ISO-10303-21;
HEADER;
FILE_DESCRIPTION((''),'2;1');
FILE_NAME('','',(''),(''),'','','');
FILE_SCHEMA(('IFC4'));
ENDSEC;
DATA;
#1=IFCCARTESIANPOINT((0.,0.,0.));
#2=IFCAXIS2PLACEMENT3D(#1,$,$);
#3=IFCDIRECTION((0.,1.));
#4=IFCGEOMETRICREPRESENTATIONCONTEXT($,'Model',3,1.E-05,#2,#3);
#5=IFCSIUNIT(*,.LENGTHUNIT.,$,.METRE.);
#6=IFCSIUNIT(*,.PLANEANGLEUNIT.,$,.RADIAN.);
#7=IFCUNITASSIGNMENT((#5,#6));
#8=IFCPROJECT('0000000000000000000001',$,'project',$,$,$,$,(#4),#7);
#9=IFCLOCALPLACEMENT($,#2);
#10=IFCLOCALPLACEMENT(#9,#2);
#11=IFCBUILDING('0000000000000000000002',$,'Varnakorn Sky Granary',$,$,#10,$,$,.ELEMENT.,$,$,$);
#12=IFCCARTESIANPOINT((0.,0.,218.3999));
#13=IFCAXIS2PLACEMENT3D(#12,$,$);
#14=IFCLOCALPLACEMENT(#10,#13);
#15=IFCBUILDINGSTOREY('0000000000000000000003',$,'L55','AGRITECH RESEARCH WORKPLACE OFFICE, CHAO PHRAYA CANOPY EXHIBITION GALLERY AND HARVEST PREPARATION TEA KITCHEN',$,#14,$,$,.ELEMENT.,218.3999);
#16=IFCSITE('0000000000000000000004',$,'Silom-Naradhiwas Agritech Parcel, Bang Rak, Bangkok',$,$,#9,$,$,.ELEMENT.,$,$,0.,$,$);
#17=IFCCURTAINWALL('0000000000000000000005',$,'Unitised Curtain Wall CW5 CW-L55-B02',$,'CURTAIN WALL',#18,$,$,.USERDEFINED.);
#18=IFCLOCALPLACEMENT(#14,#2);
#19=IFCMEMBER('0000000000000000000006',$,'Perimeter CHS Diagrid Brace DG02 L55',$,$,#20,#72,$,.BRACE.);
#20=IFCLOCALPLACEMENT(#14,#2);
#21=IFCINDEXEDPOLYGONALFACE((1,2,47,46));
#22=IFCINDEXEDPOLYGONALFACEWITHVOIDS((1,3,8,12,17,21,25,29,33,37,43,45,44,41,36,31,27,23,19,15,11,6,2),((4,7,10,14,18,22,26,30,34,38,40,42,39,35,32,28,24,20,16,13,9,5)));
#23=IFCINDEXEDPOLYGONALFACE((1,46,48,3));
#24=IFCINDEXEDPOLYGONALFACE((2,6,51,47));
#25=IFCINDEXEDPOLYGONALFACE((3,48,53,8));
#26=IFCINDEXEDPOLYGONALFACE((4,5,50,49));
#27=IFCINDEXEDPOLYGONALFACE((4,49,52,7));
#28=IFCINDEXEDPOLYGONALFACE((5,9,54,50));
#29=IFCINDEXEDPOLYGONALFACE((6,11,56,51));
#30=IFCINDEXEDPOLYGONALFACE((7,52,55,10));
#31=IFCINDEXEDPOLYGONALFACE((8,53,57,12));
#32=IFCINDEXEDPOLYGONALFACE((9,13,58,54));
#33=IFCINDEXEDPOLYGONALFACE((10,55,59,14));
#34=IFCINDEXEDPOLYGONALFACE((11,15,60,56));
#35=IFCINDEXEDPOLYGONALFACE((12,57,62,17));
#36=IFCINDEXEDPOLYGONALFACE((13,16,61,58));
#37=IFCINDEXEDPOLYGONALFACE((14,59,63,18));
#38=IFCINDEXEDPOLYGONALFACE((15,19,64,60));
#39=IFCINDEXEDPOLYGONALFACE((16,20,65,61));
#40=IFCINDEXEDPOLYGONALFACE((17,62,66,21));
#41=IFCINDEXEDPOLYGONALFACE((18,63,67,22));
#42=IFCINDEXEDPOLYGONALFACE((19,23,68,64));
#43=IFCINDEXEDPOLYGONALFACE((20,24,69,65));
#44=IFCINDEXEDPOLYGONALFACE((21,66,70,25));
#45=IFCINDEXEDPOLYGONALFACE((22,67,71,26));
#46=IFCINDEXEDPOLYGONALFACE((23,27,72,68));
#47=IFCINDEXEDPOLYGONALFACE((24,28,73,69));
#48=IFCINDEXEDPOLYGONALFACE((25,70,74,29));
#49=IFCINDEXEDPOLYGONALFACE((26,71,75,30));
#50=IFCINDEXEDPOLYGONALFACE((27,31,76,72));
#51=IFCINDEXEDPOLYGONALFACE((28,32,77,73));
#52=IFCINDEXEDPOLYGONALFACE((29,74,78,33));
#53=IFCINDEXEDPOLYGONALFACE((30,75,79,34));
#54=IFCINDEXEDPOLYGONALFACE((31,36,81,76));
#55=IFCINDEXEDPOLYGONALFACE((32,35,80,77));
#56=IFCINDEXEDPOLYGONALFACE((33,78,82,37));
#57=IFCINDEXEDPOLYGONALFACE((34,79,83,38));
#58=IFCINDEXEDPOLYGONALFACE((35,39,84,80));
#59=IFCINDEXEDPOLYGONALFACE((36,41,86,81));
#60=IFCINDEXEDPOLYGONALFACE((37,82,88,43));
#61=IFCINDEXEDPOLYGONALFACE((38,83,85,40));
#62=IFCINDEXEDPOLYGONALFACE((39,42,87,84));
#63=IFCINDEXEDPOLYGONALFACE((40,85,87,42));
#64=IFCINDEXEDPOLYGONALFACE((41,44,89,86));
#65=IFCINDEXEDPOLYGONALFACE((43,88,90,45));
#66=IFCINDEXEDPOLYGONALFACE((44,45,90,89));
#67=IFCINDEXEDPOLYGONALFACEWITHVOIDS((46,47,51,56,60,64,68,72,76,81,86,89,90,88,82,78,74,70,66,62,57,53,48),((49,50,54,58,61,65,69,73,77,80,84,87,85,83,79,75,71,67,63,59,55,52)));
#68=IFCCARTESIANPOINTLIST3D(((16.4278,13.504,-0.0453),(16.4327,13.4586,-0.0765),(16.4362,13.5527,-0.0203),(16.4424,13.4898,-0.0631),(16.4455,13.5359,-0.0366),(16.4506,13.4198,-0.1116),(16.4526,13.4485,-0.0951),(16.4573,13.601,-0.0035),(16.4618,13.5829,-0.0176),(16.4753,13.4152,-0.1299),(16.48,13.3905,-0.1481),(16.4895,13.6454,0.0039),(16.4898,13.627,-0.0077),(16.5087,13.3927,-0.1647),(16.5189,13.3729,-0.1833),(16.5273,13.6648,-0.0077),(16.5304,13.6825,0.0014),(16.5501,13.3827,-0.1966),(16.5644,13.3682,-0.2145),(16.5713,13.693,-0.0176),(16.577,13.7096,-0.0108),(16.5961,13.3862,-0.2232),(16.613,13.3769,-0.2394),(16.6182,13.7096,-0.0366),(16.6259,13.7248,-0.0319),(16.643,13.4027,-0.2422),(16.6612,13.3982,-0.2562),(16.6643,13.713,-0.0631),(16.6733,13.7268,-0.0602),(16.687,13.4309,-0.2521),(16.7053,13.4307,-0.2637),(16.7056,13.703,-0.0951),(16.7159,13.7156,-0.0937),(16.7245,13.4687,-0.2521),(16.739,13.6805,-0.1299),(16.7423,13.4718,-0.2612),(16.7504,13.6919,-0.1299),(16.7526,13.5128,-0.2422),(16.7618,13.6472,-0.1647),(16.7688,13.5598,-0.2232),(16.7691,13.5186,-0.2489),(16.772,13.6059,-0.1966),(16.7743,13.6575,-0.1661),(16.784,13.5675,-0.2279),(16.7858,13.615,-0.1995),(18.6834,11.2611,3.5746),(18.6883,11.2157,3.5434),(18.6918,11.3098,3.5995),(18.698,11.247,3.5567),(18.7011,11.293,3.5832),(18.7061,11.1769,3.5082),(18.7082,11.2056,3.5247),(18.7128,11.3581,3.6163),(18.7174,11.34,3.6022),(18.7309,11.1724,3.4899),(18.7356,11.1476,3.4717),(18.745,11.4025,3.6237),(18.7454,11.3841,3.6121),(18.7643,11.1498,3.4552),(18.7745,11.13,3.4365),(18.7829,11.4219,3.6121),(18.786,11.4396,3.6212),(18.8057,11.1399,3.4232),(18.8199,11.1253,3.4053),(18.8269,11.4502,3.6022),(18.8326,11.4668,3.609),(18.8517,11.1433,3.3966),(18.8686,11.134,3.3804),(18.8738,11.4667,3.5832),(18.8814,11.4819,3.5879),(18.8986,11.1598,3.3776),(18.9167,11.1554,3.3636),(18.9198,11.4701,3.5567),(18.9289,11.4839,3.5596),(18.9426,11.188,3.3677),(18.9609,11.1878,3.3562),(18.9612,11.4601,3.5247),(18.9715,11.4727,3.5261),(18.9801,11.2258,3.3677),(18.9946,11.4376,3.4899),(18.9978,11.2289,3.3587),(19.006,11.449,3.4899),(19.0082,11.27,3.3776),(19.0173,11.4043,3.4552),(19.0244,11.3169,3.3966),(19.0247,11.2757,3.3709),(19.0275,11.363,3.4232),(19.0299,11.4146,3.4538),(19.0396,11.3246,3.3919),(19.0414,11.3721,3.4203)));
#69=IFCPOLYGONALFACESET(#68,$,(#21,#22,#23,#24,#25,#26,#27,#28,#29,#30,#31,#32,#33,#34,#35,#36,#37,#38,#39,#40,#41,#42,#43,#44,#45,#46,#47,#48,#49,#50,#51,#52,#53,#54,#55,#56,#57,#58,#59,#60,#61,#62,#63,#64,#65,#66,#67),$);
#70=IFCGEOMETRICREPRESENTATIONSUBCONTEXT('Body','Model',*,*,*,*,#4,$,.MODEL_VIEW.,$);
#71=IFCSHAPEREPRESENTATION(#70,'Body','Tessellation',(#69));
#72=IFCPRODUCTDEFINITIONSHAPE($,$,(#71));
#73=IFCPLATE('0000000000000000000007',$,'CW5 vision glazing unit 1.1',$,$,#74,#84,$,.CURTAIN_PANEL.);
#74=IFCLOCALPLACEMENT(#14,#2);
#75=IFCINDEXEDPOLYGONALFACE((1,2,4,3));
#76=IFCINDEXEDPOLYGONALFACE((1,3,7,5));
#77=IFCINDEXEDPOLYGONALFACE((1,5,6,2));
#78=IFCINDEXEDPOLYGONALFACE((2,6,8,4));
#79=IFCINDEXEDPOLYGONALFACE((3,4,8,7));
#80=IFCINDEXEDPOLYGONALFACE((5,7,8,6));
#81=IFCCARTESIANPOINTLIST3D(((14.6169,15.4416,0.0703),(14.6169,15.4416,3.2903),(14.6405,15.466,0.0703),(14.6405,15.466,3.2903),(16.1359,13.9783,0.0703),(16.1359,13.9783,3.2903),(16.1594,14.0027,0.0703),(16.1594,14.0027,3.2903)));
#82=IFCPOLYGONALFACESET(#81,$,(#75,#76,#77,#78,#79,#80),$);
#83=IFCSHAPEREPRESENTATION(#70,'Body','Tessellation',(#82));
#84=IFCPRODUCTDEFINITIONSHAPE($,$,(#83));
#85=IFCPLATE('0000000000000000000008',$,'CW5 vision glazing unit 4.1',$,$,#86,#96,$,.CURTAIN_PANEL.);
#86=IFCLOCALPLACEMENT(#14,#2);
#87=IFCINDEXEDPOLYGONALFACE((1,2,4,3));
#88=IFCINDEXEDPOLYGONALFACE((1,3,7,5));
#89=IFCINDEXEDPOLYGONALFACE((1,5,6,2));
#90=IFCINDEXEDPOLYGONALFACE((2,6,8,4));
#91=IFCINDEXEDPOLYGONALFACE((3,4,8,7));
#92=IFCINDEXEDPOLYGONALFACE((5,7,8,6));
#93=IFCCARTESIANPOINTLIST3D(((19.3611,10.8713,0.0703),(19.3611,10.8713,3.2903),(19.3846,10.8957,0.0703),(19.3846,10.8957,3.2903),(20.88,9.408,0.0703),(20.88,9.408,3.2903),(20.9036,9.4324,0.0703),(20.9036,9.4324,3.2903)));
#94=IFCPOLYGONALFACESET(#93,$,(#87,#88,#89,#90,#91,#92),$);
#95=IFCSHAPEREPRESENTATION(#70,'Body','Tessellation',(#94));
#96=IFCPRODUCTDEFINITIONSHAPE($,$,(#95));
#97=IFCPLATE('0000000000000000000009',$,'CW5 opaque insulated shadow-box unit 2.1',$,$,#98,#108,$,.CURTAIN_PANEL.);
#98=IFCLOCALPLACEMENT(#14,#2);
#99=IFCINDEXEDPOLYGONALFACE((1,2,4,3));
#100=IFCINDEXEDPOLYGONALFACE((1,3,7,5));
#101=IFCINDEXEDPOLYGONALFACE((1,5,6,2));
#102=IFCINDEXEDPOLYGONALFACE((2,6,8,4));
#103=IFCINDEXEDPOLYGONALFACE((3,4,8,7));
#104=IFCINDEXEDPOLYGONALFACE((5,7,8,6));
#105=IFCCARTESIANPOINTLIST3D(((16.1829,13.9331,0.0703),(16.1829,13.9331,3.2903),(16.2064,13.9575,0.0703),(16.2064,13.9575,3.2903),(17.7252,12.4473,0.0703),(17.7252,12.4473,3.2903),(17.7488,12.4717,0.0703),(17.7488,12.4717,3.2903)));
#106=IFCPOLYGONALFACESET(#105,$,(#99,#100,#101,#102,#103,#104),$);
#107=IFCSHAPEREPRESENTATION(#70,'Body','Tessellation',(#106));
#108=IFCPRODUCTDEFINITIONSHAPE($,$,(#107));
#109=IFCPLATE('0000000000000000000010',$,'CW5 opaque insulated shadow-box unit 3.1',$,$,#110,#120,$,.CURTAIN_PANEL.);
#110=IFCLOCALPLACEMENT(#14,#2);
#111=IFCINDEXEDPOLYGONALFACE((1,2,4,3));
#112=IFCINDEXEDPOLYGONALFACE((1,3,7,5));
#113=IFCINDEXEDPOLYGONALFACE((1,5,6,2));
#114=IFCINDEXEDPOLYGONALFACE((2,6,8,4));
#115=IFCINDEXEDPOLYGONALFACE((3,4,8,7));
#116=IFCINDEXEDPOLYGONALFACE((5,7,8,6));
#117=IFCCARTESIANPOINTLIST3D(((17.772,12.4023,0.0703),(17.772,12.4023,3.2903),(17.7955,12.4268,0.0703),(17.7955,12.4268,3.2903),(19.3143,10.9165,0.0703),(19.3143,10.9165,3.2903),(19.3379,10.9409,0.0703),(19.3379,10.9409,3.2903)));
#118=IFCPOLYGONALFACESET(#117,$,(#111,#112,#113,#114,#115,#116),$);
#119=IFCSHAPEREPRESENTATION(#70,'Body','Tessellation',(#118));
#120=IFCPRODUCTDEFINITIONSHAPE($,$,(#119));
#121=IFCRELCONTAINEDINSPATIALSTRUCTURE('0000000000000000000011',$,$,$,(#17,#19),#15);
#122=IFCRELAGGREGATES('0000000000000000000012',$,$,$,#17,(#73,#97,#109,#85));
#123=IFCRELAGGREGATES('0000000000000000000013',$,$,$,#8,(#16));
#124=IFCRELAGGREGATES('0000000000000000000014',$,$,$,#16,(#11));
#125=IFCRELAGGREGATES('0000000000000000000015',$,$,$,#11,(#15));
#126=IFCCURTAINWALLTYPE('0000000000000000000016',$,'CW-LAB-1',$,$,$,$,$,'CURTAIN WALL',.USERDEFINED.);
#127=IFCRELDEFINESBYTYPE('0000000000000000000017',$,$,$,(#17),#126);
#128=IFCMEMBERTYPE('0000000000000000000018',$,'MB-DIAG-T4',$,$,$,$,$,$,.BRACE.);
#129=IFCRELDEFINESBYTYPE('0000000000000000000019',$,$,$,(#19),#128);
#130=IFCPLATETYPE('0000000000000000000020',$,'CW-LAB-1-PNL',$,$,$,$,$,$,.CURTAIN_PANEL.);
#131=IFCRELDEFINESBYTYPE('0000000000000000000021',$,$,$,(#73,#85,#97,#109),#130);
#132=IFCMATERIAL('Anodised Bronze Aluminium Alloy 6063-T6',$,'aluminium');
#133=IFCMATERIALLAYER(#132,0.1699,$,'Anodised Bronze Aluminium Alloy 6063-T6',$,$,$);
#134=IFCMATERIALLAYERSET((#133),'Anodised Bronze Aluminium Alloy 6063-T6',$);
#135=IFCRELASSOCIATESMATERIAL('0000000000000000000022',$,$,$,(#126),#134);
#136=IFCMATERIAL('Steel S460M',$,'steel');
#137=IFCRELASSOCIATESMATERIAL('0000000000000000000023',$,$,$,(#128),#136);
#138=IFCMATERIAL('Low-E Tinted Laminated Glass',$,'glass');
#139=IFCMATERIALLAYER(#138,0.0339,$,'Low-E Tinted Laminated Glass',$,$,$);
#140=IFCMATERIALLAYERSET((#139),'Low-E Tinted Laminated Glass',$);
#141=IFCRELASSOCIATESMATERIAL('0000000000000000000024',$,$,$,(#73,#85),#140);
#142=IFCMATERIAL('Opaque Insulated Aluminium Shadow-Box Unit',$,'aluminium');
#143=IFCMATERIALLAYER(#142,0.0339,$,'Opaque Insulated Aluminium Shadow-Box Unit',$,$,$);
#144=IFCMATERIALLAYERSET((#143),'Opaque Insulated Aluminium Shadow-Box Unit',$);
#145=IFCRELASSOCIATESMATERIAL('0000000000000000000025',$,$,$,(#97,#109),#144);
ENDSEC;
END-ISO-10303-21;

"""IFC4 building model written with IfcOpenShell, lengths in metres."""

from ifc_helpers import new_model, si_unit, direction, frame, origin, origin_2d, place, context, subcontext, project, spatial, rectangle, hollow_circle, extrude, source, transform, mapped, material, layer, layer_set, material_profile, profile_set, type_object, type_shapes, element, aggregate, save


model = new_model("IFC4")

# Units and contexts
model_context = context("Model", 3, precision=1e-05, world=origin(), true_north=direction((0.0, 1.0)))
body_context = subcontext(model_context, "Body", "Model", "MODEL_VIEW")
ifc_project = project(units=[si_unit("LENGTHUNIT", "METRE"), si_unit("PLANEANGLEUNIT", "RADIAN")], contexts=[model_context])

# Site, building, storey
site_placement = place(None, origin())
site = spatial("IfcSite", under=ifc_project, at=site_placement, Name="Silom-Naradhiwas Agritech Parcel, Bang Rak, Bangkok", CompositionType="ELEMENT", RefElevation=0.0)
building_placement = place(site_placement, origin())
building = spatial("IfcBuilding", under=site, at=building_placement, Name="Varnakorn Sky Granary", CompositionType="ELEMENT")
storey_placement = place(building_placement, frame((0.0, 0.0, 218.3999)))
storey = spatial("IfcBuildingStorey", under=building, at=storey_placement, Name="L55", Description="AGRITECH RESEARCH WORKPLACE OFFICE, CHAO PHRAYA CANOPY EXHIBITION GALLERY AND HARVEST PREPARATION TEA KITCHEN", CompositionType="ELEMENT", Elevation=218.3999)

# Shared definitions
ifc_material_1 = material(Name="Steel S460M", Category="steel")

# Curtain wall
ifc_material_2 = material(Name="Anodised Bronze Aluminium Alloy 6063-T6", Category="aluminium")
ifc_layer_1 = layer(ifc_material_2, 0.1699, Name="Anodised Bronze Aluminium Alloy 6063-T6")
ifc_layer_set_1 = layer_set([ifc_layer_1], Name="Anodised Bronze Aluminium Alloy 6063-T6")
curtain_wall_type = type_object("IfcCurtainWallType", Name="CW-LAB-1", ElementType="CURTAIN WALL", PredefinedType="USERDEFINED", material=ifc_layer_set_1)
curtain_wall_placement = place(storey_placement, origin())
curtain_wall = element("IfcCurtainWall", 1, at=curtain_wall_placement, inside=storey, type_object=curtain_wall_type, Name="Unitised Curtain Wall CW5 CW-L55-B02", ObjectType="CURTAIN WALL", PredefinedType="USERDEFINED")

# Member
ifc_material_profile_1 = material_profile(ifc_material_1, hollow_circle(Radius=0.2031, WallThickness=0.0161, at=origin_2d()), Name="CHS 406.4x16")
ifc_profile_set_1 = profile_set([ifc_material_profile_1], Name="Steel S460M")
member_type_1 = type_object("IfcMemberType", Name="MB-DIAG-T4", PredefinedType="BRACE", material=ifc_profile_set_1)
member_1_placement = place(storey_placement, frame((16.6072, 13.5479, -0.1299), z_axis=(0.468075, -0.465441, 0.75118), x_axis=(0.705108, 0.709099, 0.0)))
element("IfcMember", 2, at=member_1_placement, inside=storey, type_object=member_type_1, Name="Perimeter CHS Diagrid Brace DG02 L55", PredefinedType="BRACE", context=body_context, shape_type="SweptSolid", body=[
    extrude(hollow_circle(Radius=0.2031, WallThickness=0.0161, at=origin_2d()), origin(), (0.0, 0.0, 1.0), 4.8188),
])

# Plates
ifc_material_3 = material(Name="Low-E Tinted Laminated Glass", Category="glass")
ifc_layer_2 = layer(ifc_material_3, 0.0339, Name="Low-E Tinted Laminated Glass")
ifc_layer_set_2 = layer_set([ifc_layer_2], Name="Low-E Tinted Laminated Glass")
plate_type = type_object("IfcPlateType", Name="CW-LAB-1-PNL", PredefinedType="CURTAIN_PANEL")
shared_shape_1 = source(origin(), body_context, "Body", "SweptSolid", [
    extrude(rectangle(XDim=2.1091, YDim=0.0339, at=origin_2d()), origin(), (0.0, 0.0, 1.0), 3.22),
])
plate_1_placement = place(storey_placement, frame((15.3882, 14.7222, 0.0703), z_axis=(0.0, 0.0, 1.0), x_axis=(0.720182, -0.693785, 0.0)))
plate_1 = element("IfcPlate", 3, at=plate_1_placement, type_object=plate_type, material=ifc_layer_set_2, Name="CW5 vision glazing unit 1.1", PredefinedType="CURTAIN_PANEL", context=body_context, shape_type="MappedRepresentation", body=[
    mapped(shared_shape_1, transform((0.0, 0.0, 0.0), x_axis=(1.0, 0.0, 0.0), y_axis=(0.0, 1.0, 0.0), z_axis=(0.0, 0.0, 1.0), scale=1.0)),
])
plate_2_placement = place(storey_placement, frame((20.1323, 10.1519, 0.0703), z_axis=(0.0, 0.0, 1.0), x_axis=(0.720182, -0.693785, 0.0)))
plate_2 = element("IfcPlate", 4, at=plate_2_placement, type_object=plate_type, material=ifc_layer_set_2, Name="CW5 vision glazing unit 4.1", PredefinedType="CURTAIN_PANEL", context=body_context, shape_type="MappedRepresentation", body=[
    mapped(shared_shape_1, transform((0.0, 0.0, 0.0), x_axis=(1.0, 0.0, 0.0), y_axis=(0.0, 1.0, 0.0), z_axis=(0.0, 0.0, 1.0), scale=1.0)),
])
ifc_material_4 = material(Name="Opaque Insulated Aluminium Shadow-Box Unit", Category="aluminium")
ifc_layer_3 = layer(ifc_material_4, 0.0339, Name="Opaque Insulated Aluminium Shadow-Box Unit")
ifc_layer_set_3 = layer_set([ifc_layer_3], Name="Opaque Insulated Aluminium Shadow-Box Unit")
shared_shape_2 = source(origin(), body_context, "Body", "SweptSolid", [
    extrude(rectangle(XDim=2.1416, YDim=0.0339, at=origin_2d()), origin(), (0.0, 0.0, 1.0), 3.22),
])
type_shapes(plate_type, [shared_shape_1, shared_shape_2])
plate_3_placement = place(storey_placement, frame((16.9658, 13.2024, 0.0703), z_axis=(0.0, 0.0, 1.0), x_axis=(0.720182, -0.693785, 0.0)))
plate_3 = element("IfcPlate", 5, at=plate_3_placement, type_object=plate_type, material=ifc_layer_set_3, Name="CW5 opaque insulated shadow-box unit 2.1", PredefinedType="CURTAIN_PANEL", context=body_context, shape_type="MappedRepresentation", body=[
    mapped(shared_shape_2, transform((0.0, 0.0, 0.0), x_axis=(1.0, 0.0, 0.0), y_axis=(0.0, 1.0, 0.0), z_axis=(0.0, 0.0, 1.0), scale=1.0)),
])
plate_4_placement = place(storey_placement, frame((18.5549, 11.6716, 0.0703), z_axis=(0.0, 0.0, 1.0), x_axis=(0.720182, -0.693785, 0.0)))
plate_4 = element("IfcPlate", 6, at=plate_4_placement, type_object=plate_type, material=ifc_layer_set_3, Name="CW5 opaque insulated shadow-box unit 3.1", PredefinedType="CURTAIN_PANEL", context=body_context, shape_type="MappedRepresentation", body=[
    mapped(shared_shape_2, transform((0.0, 0.0, 0.0), x_axis=(1.0, 0.0, 0.0), y_axis=(0.0, 1.0, 0.0), z_axis=(0.0, 0.0, 1.0), scale=1.0)),
])
aggregate(curtain_wall, [plate_1, plate_3, plate_4, plate_2])

save(model, "model.ifc")
